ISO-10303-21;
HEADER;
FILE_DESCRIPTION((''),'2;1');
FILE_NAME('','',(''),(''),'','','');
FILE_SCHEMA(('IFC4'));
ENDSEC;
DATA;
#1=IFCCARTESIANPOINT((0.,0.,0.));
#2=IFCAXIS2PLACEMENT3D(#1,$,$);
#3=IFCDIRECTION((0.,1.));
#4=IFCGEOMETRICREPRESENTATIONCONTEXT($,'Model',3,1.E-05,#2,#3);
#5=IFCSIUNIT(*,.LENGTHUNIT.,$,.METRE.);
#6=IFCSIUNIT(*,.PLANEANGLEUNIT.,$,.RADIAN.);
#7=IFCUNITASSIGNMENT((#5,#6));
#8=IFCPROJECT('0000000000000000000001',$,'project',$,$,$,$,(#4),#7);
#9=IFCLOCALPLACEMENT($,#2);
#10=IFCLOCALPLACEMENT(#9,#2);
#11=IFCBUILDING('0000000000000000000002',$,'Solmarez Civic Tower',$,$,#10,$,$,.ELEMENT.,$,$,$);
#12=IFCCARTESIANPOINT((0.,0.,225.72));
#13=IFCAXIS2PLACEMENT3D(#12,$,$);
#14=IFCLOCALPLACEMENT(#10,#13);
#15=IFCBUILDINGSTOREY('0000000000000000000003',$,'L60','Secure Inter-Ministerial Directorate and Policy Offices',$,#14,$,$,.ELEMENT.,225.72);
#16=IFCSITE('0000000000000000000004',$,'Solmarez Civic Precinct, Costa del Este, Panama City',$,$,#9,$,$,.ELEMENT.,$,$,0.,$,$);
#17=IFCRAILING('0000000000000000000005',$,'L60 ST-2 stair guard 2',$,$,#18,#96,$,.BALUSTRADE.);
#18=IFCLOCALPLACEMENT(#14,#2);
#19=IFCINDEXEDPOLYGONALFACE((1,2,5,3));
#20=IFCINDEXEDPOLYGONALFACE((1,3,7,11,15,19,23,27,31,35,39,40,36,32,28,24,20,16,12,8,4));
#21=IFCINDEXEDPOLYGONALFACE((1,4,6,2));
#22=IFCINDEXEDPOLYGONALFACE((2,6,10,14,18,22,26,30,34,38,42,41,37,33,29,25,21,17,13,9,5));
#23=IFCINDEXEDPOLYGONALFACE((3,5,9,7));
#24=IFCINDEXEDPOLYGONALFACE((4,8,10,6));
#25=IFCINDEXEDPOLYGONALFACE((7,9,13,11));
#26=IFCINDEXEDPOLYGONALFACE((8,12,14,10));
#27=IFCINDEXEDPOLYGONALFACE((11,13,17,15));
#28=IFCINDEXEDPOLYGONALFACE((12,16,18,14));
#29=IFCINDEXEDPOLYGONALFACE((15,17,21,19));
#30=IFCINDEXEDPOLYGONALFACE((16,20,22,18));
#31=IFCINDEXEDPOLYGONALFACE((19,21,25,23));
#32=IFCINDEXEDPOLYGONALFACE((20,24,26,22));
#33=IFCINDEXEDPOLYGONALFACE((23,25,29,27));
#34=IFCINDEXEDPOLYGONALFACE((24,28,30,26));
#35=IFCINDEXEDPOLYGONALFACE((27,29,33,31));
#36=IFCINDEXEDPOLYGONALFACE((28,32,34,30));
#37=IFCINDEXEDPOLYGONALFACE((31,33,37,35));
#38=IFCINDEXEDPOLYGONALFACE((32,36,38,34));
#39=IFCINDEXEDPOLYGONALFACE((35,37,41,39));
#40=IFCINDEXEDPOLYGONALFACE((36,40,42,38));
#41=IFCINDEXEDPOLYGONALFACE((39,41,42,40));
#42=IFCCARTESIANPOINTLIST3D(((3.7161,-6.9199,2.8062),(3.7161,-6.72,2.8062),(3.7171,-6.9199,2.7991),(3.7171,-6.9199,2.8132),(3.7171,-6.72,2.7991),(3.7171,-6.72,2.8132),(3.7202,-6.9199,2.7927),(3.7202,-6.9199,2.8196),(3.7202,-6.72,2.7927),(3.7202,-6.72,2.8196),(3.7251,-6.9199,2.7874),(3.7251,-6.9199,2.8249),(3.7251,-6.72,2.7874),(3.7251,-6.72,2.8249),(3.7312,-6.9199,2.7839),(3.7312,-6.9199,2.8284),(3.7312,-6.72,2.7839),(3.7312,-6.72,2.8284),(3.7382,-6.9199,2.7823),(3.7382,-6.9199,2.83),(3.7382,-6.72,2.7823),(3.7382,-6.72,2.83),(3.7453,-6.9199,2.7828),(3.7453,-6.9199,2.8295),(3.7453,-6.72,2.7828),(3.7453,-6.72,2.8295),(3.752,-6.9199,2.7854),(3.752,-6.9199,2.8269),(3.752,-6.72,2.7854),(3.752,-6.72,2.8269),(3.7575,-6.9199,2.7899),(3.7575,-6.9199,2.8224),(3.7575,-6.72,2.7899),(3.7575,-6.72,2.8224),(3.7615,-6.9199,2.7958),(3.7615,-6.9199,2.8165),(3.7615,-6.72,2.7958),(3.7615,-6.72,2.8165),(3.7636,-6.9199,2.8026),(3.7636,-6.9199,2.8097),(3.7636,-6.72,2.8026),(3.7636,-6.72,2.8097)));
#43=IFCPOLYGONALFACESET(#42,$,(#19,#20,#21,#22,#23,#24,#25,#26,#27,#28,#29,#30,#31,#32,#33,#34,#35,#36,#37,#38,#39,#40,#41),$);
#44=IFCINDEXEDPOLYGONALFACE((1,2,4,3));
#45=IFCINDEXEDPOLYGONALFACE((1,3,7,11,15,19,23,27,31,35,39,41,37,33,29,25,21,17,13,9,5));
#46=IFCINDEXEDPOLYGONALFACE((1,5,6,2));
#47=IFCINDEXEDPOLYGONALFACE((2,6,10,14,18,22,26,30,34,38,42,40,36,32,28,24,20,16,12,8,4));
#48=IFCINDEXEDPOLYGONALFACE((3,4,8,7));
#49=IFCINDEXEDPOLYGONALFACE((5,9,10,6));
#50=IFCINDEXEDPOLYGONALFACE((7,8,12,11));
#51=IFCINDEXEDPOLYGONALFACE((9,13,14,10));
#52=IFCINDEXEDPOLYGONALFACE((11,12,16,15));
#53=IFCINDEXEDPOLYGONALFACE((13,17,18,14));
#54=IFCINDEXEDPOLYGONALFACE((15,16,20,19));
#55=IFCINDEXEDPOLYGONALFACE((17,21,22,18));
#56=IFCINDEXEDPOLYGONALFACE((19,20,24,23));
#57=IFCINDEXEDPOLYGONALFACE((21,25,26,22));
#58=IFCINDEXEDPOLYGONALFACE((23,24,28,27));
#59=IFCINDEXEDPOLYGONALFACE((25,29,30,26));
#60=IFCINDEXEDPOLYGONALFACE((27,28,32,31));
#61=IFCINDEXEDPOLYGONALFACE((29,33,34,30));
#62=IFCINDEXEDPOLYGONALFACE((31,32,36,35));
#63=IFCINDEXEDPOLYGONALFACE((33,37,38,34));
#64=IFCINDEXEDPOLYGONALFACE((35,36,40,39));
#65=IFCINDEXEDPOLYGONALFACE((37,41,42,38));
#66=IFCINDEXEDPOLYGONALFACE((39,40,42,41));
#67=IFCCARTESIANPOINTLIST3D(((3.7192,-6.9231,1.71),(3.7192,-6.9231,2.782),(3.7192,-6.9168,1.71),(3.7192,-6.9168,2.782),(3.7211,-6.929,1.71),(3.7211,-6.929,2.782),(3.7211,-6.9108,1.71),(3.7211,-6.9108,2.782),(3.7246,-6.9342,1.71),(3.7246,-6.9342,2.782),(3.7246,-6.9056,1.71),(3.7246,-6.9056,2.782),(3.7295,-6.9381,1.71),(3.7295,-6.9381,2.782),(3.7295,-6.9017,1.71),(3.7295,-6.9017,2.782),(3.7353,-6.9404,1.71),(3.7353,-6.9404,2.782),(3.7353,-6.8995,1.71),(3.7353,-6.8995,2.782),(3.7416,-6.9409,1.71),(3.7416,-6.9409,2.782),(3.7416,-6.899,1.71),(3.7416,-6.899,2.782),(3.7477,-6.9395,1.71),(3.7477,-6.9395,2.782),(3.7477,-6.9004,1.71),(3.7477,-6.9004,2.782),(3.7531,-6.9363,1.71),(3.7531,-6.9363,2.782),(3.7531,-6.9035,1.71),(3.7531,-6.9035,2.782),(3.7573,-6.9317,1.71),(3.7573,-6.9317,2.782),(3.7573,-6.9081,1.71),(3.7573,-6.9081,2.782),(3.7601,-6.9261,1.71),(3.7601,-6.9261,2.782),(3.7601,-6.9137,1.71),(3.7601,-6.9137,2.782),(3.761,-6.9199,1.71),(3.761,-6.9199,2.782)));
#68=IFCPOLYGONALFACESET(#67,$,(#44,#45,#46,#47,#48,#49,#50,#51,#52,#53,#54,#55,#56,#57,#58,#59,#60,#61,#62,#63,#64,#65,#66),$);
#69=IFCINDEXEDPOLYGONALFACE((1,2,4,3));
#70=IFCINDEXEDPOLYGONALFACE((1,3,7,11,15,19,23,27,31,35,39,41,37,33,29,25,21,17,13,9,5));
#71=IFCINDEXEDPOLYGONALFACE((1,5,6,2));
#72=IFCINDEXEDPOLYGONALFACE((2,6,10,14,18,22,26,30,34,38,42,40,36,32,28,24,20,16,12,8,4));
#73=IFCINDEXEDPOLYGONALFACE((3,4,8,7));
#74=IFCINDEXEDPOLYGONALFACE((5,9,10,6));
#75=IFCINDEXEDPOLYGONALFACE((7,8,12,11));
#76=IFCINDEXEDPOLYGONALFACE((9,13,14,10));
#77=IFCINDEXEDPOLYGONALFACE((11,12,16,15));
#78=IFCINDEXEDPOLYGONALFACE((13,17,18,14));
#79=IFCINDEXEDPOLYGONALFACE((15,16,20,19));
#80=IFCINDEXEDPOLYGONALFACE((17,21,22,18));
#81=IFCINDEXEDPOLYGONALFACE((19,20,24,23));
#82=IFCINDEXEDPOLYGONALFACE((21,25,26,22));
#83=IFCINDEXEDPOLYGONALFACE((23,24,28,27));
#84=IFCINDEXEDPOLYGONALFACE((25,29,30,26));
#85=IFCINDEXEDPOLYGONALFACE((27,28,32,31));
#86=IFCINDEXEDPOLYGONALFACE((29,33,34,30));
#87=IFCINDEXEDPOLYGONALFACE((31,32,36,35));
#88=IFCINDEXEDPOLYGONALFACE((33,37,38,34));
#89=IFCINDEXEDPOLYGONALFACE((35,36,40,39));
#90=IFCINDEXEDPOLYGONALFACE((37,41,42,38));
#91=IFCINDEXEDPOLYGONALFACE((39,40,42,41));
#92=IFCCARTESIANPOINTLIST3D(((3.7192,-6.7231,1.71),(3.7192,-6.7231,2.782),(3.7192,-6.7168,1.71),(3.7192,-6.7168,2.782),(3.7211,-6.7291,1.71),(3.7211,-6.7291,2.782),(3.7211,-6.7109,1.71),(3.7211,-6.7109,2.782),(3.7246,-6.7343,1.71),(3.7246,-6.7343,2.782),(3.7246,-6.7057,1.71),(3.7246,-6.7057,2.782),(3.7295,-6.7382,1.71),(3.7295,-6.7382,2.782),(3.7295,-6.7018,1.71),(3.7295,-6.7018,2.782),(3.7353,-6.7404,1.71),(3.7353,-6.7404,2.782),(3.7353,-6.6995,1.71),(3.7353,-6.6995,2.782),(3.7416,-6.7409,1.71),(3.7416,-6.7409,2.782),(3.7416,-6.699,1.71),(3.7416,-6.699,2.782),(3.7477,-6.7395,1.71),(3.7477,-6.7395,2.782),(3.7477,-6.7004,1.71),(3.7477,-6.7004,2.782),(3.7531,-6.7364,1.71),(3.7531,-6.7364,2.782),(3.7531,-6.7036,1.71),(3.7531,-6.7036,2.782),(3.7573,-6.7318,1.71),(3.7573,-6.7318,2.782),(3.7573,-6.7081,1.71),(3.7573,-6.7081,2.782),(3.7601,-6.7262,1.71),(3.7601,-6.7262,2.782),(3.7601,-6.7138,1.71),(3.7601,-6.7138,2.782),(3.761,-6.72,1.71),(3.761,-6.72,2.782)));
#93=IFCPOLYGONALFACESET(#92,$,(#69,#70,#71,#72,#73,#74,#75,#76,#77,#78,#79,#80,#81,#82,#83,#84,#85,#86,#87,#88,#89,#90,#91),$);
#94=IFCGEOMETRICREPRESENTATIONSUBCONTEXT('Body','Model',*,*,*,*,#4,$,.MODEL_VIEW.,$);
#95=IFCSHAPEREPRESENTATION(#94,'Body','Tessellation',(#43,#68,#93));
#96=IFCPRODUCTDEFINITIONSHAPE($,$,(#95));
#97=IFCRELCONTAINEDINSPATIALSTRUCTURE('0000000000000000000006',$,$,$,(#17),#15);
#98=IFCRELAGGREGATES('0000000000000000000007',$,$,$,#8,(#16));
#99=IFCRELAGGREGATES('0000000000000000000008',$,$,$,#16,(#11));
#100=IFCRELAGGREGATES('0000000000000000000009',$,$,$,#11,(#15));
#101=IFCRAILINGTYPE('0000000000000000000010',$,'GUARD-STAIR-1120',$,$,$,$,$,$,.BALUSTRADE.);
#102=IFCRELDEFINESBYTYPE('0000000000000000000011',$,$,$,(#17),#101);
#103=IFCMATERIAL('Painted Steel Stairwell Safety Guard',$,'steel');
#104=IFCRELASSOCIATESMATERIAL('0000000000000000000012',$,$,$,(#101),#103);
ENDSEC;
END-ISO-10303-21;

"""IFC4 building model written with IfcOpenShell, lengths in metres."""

from ifc_helpers import new_model, si_unit, direction, frame, origin, origin_2d, place, context, subcontext, project, spatial, circle, extrude, material, type_object, element, save


model = new_model("IFC4")

# Units and contexts
model_context = context("Model", 3, precision=1e-05, world=origin(), true_north=direction((0.0, 1.0)))
body_context = subcontext(model_context, "Body", "Model", "MODEL_VIEW")
ifc_project = project(units=[si_unit("LENGTHUNIT", "METRE"), si_unit("PLANEANGLEUNIT", "RADIAN")], contexts=[model_context])

# Site, building, storey
site_placement = place(None, origin())
site = spatial("IfcSite", under=ifc_project, at=site_placement, Name="Solmarez Civic Precinct, Costa del Este, Panama City", CompositionType="ELEMENT", RefElevation=0.0)
building_placement = place(site_placement, origin())
building = spatial("IfcBuilding", under=site, at=building_placement, Name="Solmarez Civic Tower", CompositionType="ELEMENT")
storey_placement = place(building_placement, frame((0.0, 0.0, 225.72)))
storey = spatial("IfcBuildingStorey", under=building, at=storey_placement, Name="L60", Description="Secure Inter-Ministerial Directorate and Policy Offices", CompositionType="ELEMENT", Elevation=225.72)

# Railing
ifc_material_1 = material(Name="Painted Steel Stairwell Safety Guard", Category="steel")
railing_type_1 = type_object("IfcRailingType", Name="GUARD-STAIR-1120", PredefinedType="BALUSTRADE", material=ifc_material_1)
railing_1_placement = place(storey_placement, frame((3.74, -6.9199, 1.71)))
element("IfcRailing", 1, at=railing_1_placement, inside=storey, type_object=railing_type_1, Name="L60 ST-2 stair guard 2", PredefinedType="BALUSTRADE", context=body_context, shape_type="SweptSolid", body=[
    extrude(circle(Radius=0.0239, at=origin_2d()), frame((0.0, 0.0, 1.0962), z_axis=(0.0, 1.0, 0.0), x_axis=(-1.0, 0.0, 0.0)), (0.0, 0.0, 1.0), 0.2),
    extrude(circle(Radius=0.021, at=origin_2d()), origin(), (0.0, 0.0, 1.0), 1.072),
    extrude(circle(Radius=0.021, at=origin_2d()), frame((0.0, 0.2, 0.0)), (0.0, 0.0, 1.0), 1.072),
])

save(model, "model.ifc")
